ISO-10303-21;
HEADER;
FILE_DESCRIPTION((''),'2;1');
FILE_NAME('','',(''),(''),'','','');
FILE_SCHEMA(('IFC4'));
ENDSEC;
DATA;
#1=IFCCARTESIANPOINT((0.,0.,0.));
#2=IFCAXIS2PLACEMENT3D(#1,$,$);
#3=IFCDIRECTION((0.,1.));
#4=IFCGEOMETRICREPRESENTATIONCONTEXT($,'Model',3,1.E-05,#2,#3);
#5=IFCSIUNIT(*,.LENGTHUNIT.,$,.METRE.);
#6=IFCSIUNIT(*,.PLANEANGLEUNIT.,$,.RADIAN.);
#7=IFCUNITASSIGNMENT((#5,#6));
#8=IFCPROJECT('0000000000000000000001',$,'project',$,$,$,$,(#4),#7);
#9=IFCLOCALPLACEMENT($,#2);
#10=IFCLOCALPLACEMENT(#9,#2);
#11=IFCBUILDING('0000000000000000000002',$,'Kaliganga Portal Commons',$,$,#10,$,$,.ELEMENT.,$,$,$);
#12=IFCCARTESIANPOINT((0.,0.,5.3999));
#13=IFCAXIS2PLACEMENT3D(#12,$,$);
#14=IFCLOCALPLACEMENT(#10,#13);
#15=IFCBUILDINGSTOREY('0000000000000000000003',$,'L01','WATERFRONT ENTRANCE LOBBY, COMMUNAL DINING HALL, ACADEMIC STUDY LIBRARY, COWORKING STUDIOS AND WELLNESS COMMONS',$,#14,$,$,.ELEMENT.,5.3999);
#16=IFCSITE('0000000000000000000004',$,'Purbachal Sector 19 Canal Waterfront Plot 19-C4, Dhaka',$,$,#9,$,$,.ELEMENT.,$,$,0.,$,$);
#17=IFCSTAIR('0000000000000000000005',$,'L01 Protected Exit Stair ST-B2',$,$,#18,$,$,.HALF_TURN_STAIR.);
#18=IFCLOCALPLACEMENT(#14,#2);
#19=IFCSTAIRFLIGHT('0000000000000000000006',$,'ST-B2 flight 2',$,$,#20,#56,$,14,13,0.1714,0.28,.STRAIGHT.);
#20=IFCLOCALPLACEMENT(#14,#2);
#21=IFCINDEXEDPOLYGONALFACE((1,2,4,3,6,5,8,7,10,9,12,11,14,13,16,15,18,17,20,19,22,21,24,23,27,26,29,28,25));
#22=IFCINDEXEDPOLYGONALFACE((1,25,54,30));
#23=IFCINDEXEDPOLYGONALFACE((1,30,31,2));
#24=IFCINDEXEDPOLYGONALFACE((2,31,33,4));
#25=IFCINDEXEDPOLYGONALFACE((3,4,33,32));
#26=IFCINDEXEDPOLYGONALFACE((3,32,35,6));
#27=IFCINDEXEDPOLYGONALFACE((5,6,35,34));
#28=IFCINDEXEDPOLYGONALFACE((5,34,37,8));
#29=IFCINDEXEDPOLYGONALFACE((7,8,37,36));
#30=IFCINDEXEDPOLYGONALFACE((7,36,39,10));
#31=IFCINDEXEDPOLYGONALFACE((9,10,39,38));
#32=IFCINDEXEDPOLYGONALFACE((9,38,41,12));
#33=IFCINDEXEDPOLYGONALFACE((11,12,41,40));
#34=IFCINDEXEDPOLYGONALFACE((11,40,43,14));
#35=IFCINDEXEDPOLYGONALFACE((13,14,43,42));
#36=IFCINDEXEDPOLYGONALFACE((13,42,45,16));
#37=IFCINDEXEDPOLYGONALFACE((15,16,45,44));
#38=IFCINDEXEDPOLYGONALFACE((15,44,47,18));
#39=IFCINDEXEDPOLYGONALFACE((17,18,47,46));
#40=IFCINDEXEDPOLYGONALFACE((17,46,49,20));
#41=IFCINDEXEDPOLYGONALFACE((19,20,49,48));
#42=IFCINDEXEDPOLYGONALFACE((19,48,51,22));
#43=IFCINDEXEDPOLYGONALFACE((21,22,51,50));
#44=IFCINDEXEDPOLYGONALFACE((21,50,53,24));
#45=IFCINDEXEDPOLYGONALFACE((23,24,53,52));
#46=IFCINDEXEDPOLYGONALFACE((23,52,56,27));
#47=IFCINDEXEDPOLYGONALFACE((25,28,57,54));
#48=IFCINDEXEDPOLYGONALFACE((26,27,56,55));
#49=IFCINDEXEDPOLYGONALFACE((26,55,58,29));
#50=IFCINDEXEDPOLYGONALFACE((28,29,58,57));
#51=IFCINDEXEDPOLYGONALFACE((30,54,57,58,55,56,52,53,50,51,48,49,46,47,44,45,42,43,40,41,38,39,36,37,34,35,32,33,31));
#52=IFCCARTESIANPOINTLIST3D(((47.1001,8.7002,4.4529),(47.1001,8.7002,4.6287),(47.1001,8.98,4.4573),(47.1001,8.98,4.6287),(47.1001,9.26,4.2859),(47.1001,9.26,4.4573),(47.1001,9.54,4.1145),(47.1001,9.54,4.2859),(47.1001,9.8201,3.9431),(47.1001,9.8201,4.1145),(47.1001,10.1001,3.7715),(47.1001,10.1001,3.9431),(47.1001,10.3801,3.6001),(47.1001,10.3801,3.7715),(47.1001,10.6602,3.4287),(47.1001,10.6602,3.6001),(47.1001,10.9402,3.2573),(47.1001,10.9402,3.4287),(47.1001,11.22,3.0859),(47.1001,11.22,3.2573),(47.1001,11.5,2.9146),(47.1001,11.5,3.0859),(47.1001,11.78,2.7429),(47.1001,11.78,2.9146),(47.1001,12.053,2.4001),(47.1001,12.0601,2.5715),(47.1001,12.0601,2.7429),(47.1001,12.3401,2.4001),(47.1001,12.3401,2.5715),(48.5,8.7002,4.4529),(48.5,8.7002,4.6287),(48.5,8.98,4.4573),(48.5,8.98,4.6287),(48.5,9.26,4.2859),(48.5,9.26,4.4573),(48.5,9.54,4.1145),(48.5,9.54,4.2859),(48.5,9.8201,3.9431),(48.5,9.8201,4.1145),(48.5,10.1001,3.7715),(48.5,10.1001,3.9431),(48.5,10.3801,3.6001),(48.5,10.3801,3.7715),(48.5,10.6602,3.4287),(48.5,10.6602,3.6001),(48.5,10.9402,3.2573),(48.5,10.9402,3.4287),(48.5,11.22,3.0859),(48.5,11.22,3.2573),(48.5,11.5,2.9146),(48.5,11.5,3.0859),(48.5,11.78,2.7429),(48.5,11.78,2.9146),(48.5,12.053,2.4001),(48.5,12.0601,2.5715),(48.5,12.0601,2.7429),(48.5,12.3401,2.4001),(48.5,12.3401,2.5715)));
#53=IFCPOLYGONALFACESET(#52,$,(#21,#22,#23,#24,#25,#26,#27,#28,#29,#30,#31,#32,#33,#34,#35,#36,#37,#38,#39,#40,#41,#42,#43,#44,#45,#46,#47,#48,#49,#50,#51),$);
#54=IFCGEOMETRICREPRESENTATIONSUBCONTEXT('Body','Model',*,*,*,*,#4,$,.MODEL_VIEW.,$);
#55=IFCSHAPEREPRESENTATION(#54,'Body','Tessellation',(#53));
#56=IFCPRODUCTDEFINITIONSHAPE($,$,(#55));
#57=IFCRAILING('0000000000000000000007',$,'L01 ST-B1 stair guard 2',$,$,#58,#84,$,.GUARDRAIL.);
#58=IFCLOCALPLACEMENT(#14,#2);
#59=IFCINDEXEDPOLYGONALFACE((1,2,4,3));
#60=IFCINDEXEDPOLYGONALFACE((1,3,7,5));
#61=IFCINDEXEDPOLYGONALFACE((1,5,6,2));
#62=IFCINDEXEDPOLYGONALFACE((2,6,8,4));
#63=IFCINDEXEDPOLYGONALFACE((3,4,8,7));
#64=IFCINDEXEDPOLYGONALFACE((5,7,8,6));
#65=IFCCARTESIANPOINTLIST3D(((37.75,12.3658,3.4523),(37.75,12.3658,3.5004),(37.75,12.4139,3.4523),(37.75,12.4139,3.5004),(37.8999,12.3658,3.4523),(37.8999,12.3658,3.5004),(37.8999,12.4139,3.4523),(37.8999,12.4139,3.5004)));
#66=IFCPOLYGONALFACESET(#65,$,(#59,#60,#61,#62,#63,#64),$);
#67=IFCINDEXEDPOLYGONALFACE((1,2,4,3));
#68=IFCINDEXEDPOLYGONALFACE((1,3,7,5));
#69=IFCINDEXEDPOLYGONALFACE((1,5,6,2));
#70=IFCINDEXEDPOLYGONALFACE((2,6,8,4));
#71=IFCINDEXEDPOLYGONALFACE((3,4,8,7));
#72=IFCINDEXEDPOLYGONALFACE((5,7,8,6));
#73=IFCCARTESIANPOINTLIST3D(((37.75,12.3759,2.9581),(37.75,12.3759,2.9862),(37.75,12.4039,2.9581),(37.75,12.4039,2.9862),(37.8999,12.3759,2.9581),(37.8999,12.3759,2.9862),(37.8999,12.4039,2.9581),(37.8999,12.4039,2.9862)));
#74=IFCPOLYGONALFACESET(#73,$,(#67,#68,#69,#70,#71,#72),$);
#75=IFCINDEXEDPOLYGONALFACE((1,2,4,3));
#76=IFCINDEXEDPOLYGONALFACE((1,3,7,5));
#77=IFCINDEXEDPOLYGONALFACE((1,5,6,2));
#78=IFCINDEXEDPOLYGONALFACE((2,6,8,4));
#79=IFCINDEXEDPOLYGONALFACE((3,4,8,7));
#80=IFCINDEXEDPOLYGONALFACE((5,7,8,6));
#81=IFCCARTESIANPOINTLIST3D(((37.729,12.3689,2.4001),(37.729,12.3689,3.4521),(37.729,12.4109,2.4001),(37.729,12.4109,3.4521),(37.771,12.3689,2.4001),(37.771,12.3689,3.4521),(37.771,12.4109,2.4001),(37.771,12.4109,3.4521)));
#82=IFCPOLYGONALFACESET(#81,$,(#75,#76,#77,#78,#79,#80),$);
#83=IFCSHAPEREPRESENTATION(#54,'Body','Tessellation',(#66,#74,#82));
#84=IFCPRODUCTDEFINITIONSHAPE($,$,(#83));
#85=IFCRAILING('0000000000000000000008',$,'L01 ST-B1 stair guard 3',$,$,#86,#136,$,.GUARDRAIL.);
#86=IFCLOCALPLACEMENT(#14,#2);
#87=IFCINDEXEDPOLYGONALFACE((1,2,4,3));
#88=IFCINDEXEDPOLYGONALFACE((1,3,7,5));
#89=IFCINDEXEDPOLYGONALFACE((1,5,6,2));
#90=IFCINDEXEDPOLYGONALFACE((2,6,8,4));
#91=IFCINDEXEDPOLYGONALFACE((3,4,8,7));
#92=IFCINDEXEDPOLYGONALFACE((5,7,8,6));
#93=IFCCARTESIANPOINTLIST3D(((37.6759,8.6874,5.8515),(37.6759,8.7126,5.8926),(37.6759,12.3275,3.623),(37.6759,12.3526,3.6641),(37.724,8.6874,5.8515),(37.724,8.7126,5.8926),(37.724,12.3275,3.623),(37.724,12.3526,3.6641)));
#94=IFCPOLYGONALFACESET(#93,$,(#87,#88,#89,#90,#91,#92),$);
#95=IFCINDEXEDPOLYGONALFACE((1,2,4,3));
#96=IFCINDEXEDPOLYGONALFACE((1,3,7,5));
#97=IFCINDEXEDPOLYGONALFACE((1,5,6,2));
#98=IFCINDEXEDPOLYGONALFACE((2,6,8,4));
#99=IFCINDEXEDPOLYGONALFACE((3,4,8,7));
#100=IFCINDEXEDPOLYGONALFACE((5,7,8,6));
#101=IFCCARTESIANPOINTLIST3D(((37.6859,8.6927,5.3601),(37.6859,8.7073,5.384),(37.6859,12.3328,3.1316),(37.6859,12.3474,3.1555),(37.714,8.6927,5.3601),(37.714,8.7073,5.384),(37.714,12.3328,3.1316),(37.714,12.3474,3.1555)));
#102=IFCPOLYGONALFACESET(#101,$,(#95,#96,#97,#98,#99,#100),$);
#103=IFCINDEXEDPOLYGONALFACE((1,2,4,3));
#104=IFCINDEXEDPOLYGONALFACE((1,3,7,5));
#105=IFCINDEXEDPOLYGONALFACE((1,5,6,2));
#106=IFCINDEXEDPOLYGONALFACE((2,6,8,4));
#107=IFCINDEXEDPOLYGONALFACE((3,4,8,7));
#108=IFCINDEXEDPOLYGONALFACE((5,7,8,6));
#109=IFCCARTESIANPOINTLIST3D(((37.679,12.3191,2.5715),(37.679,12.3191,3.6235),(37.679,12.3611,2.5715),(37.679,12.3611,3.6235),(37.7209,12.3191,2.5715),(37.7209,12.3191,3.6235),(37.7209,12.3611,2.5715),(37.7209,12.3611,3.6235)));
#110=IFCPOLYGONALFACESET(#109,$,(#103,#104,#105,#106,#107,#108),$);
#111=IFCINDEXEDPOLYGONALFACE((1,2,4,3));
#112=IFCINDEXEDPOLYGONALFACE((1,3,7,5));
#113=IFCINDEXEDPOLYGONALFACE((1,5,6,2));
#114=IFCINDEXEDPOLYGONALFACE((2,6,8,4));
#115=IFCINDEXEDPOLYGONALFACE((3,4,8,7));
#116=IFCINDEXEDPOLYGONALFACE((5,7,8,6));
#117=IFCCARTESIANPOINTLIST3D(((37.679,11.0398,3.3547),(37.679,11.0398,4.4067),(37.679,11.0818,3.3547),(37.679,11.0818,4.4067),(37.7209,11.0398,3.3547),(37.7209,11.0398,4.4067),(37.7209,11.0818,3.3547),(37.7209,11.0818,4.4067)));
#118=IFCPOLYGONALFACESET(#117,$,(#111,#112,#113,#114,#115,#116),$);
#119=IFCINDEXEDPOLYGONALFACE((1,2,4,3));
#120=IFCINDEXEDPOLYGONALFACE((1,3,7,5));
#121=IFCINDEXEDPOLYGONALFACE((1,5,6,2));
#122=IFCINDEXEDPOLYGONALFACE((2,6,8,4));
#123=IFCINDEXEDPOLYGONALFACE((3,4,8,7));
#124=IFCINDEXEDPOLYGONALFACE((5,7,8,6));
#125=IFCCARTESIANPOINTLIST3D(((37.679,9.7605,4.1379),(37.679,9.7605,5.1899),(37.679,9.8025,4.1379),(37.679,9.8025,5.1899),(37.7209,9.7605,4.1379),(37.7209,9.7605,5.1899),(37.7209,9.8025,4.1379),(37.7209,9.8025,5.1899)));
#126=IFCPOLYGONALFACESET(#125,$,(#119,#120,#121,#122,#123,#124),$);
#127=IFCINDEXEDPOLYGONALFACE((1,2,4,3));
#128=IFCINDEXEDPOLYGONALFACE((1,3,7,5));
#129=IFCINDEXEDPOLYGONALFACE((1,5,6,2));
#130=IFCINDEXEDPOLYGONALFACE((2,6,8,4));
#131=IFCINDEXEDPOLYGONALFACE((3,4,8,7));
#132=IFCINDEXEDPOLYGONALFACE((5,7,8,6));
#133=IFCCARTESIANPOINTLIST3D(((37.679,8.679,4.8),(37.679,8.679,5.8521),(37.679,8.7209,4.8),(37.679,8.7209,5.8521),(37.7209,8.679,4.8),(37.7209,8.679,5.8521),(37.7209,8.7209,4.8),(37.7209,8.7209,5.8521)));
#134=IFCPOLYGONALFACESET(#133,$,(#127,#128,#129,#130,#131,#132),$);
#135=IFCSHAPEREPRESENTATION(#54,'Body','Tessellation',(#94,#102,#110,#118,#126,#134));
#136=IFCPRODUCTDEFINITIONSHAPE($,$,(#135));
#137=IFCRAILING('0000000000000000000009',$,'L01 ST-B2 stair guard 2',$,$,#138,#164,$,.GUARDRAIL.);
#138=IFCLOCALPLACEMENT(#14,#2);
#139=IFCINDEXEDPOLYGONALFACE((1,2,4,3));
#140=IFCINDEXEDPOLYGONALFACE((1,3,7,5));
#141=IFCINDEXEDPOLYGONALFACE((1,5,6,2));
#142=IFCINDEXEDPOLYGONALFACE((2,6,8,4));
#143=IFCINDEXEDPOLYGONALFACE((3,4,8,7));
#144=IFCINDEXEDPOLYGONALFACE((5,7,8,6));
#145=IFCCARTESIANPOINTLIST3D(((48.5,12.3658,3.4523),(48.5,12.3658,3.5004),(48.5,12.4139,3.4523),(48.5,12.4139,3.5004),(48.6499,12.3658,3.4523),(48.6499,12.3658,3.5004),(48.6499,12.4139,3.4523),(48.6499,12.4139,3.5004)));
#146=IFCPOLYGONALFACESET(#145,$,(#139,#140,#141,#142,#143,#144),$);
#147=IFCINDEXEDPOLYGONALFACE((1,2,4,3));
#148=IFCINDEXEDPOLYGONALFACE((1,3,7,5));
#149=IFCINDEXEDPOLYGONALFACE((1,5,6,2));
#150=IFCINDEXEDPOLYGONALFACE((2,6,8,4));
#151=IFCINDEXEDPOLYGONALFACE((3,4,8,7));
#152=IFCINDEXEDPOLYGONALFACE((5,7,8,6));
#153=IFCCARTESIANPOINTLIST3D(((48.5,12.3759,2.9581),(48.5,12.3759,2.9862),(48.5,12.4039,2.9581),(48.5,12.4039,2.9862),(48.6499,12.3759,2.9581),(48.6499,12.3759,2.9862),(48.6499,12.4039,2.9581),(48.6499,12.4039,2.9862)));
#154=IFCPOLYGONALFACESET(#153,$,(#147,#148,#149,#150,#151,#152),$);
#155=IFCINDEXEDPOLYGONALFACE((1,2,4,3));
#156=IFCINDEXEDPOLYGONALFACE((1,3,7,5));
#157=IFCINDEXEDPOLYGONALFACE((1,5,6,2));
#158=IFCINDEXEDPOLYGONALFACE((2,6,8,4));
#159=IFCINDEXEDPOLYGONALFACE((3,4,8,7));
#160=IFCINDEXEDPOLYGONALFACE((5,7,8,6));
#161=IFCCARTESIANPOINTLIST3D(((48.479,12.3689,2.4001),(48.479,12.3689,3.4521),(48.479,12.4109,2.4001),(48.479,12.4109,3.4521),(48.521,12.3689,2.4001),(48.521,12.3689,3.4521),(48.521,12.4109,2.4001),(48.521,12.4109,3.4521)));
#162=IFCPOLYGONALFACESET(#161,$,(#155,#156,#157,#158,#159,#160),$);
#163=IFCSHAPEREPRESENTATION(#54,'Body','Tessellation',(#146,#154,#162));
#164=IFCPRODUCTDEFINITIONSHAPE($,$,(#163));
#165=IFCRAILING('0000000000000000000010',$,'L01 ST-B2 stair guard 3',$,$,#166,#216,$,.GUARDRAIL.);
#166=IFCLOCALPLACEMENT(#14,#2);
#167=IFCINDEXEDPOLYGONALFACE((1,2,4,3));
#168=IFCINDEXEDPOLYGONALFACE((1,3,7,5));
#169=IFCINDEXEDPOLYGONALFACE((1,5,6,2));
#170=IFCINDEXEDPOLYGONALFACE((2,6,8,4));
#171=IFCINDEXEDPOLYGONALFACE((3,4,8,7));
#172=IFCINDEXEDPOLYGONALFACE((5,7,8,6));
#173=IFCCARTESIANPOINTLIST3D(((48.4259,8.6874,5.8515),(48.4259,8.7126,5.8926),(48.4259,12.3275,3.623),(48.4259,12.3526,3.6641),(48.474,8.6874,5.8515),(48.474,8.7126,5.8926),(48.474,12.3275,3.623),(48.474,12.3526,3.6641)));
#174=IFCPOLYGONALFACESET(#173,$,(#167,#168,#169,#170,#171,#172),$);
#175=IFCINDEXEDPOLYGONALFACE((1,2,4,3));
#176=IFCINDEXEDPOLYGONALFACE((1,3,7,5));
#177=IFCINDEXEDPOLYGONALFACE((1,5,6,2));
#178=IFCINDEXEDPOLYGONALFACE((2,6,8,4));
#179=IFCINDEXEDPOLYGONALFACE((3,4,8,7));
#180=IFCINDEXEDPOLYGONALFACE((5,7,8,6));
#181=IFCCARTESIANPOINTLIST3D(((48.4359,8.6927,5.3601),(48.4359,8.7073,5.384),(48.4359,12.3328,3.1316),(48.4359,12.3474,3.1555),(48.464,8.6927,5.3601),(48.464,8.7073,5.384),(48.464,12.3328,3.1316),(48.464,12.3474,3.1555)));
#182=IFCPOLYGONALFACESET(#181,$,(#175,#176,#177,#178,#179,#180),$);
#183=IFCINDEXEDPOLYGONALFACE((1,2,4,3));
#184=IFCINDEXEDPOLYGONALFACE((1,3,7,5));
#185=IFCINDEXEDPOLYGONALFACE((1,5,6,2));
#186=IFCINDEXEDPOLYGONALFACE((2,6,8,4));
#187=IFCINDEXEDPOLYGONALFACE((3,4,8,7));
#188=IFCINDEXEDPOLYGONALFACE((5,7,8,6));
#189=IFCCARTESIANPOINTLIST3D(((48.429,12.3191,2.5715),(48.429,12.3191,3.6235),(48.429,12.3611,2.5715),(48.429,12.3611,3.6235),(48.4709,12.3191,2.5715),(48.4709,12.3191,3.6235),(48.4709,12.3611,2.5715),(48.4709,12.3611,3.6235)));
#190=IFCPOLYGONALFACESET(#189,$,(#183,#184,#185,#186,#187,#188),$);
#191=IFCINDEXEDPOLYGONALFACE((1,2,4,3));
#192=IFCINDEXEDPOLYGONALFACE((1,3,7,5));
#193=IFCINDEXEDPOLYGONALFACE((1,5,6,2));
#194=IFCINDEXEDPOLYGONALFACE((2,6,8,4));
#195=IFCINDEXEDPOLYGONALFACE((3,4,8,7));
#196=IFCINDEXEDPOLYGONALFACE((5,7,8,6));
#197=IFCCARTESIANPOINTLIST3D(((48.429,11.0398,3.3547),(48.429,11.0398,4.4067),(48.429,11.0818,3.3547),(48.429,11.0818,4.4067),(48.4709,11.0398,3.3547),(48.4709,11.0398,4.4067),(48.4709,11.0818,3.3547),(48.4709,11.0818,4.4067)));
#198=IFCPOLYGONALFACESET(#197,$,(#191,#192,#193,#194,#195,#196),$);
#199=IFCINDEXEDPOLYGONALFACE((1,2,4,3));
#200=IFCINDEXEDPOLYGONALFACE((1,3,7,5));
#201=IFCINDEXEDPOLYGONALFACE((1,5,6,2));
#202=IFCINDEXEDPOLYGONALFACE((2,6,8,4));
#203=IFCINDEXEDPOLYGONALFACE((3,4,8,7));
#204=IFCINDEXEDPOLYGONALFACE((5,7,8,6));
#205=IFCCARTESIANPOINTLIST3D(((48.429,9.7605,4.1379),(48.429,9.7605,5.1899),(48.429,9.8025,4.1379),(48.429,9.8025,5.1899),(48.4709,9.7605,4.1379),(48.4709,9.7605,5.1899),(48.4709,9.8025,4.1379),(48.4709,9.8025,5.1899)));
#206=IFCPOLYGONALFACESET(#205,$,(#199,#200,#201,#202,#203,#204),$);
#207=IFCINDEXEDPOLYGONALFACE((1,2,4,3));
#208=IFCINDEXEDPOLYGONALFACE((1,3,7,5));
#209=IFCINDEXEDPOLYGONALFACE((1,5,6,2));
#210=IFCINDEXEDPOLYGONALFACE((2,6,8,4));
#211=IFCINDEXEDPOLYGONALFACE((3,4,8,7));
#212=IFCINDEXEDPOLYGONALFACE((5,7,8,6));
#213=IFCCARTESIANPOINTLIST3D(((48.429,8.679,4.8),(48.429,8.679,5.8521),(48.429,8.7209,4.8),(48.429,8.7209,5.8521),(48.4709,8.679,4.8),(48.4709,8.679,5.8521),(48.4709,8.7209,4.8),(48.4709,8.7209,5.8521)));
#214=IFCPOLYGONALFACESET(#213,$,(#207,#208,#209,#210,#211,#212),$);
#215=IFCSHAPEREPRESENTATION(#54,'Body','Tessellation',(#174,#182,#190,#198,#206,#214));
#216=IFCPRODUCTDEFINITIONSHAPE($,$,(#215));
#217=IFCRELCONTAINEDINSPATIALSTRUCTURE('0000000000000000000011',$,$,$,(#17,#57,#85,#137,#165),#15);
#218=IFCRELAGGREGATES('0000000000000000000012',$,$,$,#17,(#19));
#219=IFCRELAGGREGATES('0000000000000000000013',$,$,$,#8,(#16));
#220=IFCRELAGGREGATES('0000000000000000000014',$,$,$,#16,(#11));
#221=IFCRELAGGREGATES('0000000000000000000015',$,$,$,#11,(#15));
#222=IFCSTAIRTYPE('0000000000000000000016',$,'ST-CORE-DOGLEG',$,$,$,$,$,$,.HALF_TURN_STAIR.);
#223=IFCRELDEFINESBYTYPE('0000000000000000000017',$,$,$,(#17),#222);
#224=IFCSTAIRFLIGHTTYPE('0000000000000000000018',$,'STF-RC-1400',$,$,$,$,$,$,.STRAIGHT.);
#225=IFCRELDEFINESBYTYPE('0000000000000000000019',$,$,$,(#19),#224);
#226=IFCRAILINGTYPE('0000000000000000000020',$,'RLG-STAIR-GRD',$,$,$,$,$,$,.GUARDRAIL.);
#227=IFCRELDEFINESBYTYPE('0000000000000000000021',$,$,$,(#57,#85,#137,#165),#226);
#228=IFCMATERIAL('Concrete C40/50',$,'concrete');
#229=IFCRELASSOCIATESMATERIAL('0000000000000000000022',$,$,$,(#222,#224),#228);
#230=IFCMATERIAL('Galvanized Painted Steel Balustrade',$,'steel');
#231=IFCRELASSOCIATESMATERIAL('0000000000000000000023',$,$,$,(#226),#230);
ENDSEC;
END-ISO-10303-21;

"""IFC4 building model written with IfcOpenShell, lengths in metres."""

from ifc_helpers import new_model, si_unit, direction, frame, origin, origin_2d, place, context, subcontext, project, spatial, polyline, rectangle, outline, extrude, material, type_object, element, aggregate, save


model = new_model("IFC4")

# Units and contexts
model_context = context("Model", 3, precision=1e-05, world=origin(), true_north=direction((0.0, 1.0)))
body_context = subcontext(model_context, "Body", "Model", "MODEL_VIEW")
ifc_project = project(units=[si_unit("LENGTHUNIT", "METRE"), si_unit("PLANEANGLEUNIT", "RADIAN")], contexts=[model_context])

# Site, building, storey
site_placement = place(None, origin())
site = spatial("IfcSite", under=ifc_project, at=site_placement, Name="Purbachal Sector 19 Canal Waterfront Plot 19-C4, Dhaka", CompositionType="ELEMENT", RefElevation=0.0)
building_placement = place(site_placement, origin())
building = spatial("IfcBuilding", under=site, at=building_placement, Name="Kaliganga Portal Commons", CompositionType="ELEMENT")
storey_placement = place(building_placement, frame((0.0, 0.0, 5.3999)))
storey = spatial("IfcBuildingStorey", under=building, at=storey_placement, Name="L01", Description="WATERFRONT ENTRANCE LOBBY, COMMUNAL DINING HALL, ACADEMIC STUDY LIBRARY, COWORKING STUDIOS AND WELLNESS COMMONS", CompositionType="ELEMENT", Elevation=5.3999)

# Stair, stair flight
ifc_material_1 = material(Name="Concrete C40/50", Category="concrete")
stair_type = type_object("IfcStairType", Name="ST-CORE-DOGLEG", PredefinedType="HALF_TURN_STAIR", material=ifc_material_1)
stair_flight_type = type_object("IfcStairFlightType", Name="STF-RC-1400", PredefinedType="STRAIGHT", material=ifc_material_1)
stair_1_placement = place(storey_placement, origin())
stair_1 = element("IfcStair", 1, at=stair_1_placement, inside=storey, type_object=stair_type, Name="L01 Protected Exit Stair ST-B2", PredefinedType="HALF_TURN_STAIR")
stair_flight_1_placement = place(storey_placement, frame((47.8, 12.3401, 2.4001), z_axis=(0.0, 0.0, 1.0), x_axis=(0.0, -1.0, 0.0)))
stair_flight_1 = element("IfcStairFlight", 2, at=stair_flight_1_placement, type_object=stair_flight_type, Name="ST-B2 flight 2", NumberOfRisers=14, NumberOfTreads=13, PredefinedType="STRAIGHT", RiserHeight=0.1714, TreadLength=0.28, context=body_context, shape_type="SweptSolid", body=[
    extrude(outline(polyline([(0.0, 0.0), (0.0, 0.1714), (0.28, 0.1714), (0.28, 0.3428), (0.5601, 0.3428), (0.5601, 0.5144), (0.8401, 0.5144), (0.8401, 0.6858), (1.1201, 0.6858), (1.1201, 0.8572), (1.3999, 0.8572), (1.3999, 1.0286), (1.6799, 1.0286), (1.6799, 1.2), (1.96, 1.2), (1.96, 1.3713), (2.24, 1.3713), (2.24, 1.543), (2.52, 1.543), (2.52, 1.7144), (2.8, 1.7144), (2.8, 1.8857), (3.0801, 1.8857), (3.0801, 2.0571), (3.3601, 2.0571), (3.3601, 2.2285), (3.6399, 2.2285), (3.6399, 2.3999), (3.6399, 2.0527), (0.2871, 0.0), (0.0, 0.0)])), frame((0.0, 0.7, 0.0), z_axis=(0.0, -1.0, 0.0), x_axis=(1.0, 0.0, 0.0)), (0.0, 0.0, 1.0), 1.3999),
])
aggregate(stair_1, [stair_flight_1])

# Railings
ifc_material_2 = material(Name="Galvanized Painted Steel Balustrade", Category="steel")
railing_type_1 = type_object("IfcRailingType", Name="RLG-STAIR-GRD", PredefinedType="GUARDRAIL", material=ifc_material_2)
railing_1_placement = place(storey_placement, frame((37.8999, 12.3899, 2.4001)))
element("IfcRailing", 3, at=railing_1_placement, inside=storey, type_object=railing_type_1, Name="L01 ST-B1 stair guard 2", PredefinedType="GUARDRAIL", context=body_context, shape_type="SweptSolid", body=[
    extrude(rectangle(XDim=0.0481, YDim=0.0481, at=origin_2d()), frame((0.0, 0.0, 1.0762), z_axis=(-1.0, 0.0, 0.0), x_axis=(0.0, -1.0, 0.0)), (0.0, 0.0, 1.0), 0.1499),
    extrude(rectangle(XDim=0.0281, YDim=0.0281, at=origin_2d()), frame((0.0, 0.0, 0.572), z_axis=(-1.0, 0.0, 0.0), x_axis=(0.0, -1.0, 0.0)), (0.0, 0.0, 1.0), 0.1499),
    extrude(rectangle(XDim=0.042, YDim=0.042, at=origin_2d()), frame((-0.1499, 0.0, 0.0)), (0.0, 0.0, 1.0), 1.052),
])
railing_2_placement = place(storey_placement, frame((37.7, 12.3401, 2.5715)))
element("IfcRailing", 4, at=railing_2_placement, inside=storey, type_object=railing_type_1, Name="L01 ST-B1 stair guard 3", PredefinedType="GUARDRAIL", context=body_context, shape_type="SweptSolid", body=[
    extrude(rectangle(XDim=0.0481, YDim=0.0481, at=origin_2d()), frame((0.0, 0.0, 1.072), z_axis=(0.0, -0.852866, 0.52213), x_axis=(1.0, 0.0, 0.0)), (0.0, 0.0, 1.0), 4.2681),
    extrude(rectangle(XDim=0.0281, YDim=0.0281, at=origin_2d()), frame((0.0, 0.0, 0.572), z_axis=(0.0, -0.852866, 0.52213), x_axis=(1.0, 0.0, 0.0)), (0.0, 0.0, 1.0), 4.2681),
    extrude(rectangle(XDim=0.042, YDim=0.042, at=origin_2d()), origin(), (0.0, 0.0, 1.0), 1.052),
    extrude(rectangle(XDim=0.042, YDim=0.042, at=origin_2d()), frame((0.0, -1.2793, 0.7832)), (0.0, 0.0, 1.0), 1.052),
    extrude(rectangle(XDim=0.042, YDim=0.042, at=origin_2d()), frame((0.0, -2.5586, 1.5664)), (0.0, 0.0, 1.0), 1.052),
    extrude(rectangle(XDim=0.042, YDim=0.042, at=origin_2d()), frame((0.0, -3.6401, 2.2285)), (0.0, 0.0, 1.0), 1.052),
])
railing_3_placement = place(storey_placement, frame((48.6499, 12.3899, 2.4001)))
element("IfcRailing", 5, at=railing_3_placement, inside=storey, type_object=railing_type_1, Name="L01 ST-B2 stair guard 2", PredefinedType="GUARDRAIL", context=body_context, shape_type="SweptSolid", body=[
    extrude(rectangle(XDim=0.0481, YDim=0.0481, at=origin_2d()), frame((0.0, 0.0, 1.0762), z_axis=(-1.0, 0.0, 0.0), x_axis=(0.0, -1.0, 0.0)), (0.0, 0.0, 1.0), 0.1499),
    extrude(rectangle(XDim=0.0281, YDim=0.0281, at=origin_2d()), frame((0.0, 0.0, 0.572), z_axis=(-1.0, 0.0, 0.0), x_axis=(0.0, -1.0, 0.0)), (0.0, 0.0, 1.0), 0.1499),
    extrude(rectangle(XDim=0.042, YDim=0.042, at=origin_2d()), frame((-0.1499, 0.0, 0.0)), (0.0, 0.0, 1.0), 1.052),
])
railing_4_placement = place(storey_placement, frame((48.45, 12.3401, 2.5715)))
element("IfcRailing", 6, at=railing_4_placement, inside=storey, type_object=railing_type_1, Name="L01 ST-B2 stair guard 3", PredefinedType="GUARDRAIL", context=body_context, shape_type="SweptSolid", body=[
    extrude(rectangle(XDim=0.0481, YDim=0.0481, at=origin_2d()), frame((0.0, 0.0, 1.072), z_axis=(0.0, -0.852866, 0.52213), x_axis=(1.0, 0.0, 0.0)), (0.0, 0.0, 1.0), 4.2681),
    extrude(rectangle(XDim=0.0281, YDim=0.0281, at=origin_2d()), frame((0.0, 0.0, 0.572), z_axis=(0.0, -0.852866, 0.52213), x_axis=(1.0, 0.0, 0.0)), (0.0, 0.0, 1.0), 4.2681),
    extrude(rectangle(XDim=0.042, YDim=0.042, at=origin_2d()), origin(), (0.0, 0.0, 1.0), 1.052),
    extrude(rectangle(XDim=0.042, YDim=0.042, at=origin_2d()), frame((0.0, -1.2793, 0.7832)), (0.0, 0.0, 1.0), 1.052),
    extrude(rectangle(XDim=0.042, YDim=0.042, at=origin_2d()), frame((0.0, -2.5586, 1.5664)), (0.0, 0.0, 1.0), 1.052),
    extrude(rectangle(XDim=0.042, YDim=0.042, at=origin_2d()), frame((0.0, -3.6401, 2.2285)), (0.0, 0.0, 1.0), 1.052),
])

save(model, "model.ifc")
